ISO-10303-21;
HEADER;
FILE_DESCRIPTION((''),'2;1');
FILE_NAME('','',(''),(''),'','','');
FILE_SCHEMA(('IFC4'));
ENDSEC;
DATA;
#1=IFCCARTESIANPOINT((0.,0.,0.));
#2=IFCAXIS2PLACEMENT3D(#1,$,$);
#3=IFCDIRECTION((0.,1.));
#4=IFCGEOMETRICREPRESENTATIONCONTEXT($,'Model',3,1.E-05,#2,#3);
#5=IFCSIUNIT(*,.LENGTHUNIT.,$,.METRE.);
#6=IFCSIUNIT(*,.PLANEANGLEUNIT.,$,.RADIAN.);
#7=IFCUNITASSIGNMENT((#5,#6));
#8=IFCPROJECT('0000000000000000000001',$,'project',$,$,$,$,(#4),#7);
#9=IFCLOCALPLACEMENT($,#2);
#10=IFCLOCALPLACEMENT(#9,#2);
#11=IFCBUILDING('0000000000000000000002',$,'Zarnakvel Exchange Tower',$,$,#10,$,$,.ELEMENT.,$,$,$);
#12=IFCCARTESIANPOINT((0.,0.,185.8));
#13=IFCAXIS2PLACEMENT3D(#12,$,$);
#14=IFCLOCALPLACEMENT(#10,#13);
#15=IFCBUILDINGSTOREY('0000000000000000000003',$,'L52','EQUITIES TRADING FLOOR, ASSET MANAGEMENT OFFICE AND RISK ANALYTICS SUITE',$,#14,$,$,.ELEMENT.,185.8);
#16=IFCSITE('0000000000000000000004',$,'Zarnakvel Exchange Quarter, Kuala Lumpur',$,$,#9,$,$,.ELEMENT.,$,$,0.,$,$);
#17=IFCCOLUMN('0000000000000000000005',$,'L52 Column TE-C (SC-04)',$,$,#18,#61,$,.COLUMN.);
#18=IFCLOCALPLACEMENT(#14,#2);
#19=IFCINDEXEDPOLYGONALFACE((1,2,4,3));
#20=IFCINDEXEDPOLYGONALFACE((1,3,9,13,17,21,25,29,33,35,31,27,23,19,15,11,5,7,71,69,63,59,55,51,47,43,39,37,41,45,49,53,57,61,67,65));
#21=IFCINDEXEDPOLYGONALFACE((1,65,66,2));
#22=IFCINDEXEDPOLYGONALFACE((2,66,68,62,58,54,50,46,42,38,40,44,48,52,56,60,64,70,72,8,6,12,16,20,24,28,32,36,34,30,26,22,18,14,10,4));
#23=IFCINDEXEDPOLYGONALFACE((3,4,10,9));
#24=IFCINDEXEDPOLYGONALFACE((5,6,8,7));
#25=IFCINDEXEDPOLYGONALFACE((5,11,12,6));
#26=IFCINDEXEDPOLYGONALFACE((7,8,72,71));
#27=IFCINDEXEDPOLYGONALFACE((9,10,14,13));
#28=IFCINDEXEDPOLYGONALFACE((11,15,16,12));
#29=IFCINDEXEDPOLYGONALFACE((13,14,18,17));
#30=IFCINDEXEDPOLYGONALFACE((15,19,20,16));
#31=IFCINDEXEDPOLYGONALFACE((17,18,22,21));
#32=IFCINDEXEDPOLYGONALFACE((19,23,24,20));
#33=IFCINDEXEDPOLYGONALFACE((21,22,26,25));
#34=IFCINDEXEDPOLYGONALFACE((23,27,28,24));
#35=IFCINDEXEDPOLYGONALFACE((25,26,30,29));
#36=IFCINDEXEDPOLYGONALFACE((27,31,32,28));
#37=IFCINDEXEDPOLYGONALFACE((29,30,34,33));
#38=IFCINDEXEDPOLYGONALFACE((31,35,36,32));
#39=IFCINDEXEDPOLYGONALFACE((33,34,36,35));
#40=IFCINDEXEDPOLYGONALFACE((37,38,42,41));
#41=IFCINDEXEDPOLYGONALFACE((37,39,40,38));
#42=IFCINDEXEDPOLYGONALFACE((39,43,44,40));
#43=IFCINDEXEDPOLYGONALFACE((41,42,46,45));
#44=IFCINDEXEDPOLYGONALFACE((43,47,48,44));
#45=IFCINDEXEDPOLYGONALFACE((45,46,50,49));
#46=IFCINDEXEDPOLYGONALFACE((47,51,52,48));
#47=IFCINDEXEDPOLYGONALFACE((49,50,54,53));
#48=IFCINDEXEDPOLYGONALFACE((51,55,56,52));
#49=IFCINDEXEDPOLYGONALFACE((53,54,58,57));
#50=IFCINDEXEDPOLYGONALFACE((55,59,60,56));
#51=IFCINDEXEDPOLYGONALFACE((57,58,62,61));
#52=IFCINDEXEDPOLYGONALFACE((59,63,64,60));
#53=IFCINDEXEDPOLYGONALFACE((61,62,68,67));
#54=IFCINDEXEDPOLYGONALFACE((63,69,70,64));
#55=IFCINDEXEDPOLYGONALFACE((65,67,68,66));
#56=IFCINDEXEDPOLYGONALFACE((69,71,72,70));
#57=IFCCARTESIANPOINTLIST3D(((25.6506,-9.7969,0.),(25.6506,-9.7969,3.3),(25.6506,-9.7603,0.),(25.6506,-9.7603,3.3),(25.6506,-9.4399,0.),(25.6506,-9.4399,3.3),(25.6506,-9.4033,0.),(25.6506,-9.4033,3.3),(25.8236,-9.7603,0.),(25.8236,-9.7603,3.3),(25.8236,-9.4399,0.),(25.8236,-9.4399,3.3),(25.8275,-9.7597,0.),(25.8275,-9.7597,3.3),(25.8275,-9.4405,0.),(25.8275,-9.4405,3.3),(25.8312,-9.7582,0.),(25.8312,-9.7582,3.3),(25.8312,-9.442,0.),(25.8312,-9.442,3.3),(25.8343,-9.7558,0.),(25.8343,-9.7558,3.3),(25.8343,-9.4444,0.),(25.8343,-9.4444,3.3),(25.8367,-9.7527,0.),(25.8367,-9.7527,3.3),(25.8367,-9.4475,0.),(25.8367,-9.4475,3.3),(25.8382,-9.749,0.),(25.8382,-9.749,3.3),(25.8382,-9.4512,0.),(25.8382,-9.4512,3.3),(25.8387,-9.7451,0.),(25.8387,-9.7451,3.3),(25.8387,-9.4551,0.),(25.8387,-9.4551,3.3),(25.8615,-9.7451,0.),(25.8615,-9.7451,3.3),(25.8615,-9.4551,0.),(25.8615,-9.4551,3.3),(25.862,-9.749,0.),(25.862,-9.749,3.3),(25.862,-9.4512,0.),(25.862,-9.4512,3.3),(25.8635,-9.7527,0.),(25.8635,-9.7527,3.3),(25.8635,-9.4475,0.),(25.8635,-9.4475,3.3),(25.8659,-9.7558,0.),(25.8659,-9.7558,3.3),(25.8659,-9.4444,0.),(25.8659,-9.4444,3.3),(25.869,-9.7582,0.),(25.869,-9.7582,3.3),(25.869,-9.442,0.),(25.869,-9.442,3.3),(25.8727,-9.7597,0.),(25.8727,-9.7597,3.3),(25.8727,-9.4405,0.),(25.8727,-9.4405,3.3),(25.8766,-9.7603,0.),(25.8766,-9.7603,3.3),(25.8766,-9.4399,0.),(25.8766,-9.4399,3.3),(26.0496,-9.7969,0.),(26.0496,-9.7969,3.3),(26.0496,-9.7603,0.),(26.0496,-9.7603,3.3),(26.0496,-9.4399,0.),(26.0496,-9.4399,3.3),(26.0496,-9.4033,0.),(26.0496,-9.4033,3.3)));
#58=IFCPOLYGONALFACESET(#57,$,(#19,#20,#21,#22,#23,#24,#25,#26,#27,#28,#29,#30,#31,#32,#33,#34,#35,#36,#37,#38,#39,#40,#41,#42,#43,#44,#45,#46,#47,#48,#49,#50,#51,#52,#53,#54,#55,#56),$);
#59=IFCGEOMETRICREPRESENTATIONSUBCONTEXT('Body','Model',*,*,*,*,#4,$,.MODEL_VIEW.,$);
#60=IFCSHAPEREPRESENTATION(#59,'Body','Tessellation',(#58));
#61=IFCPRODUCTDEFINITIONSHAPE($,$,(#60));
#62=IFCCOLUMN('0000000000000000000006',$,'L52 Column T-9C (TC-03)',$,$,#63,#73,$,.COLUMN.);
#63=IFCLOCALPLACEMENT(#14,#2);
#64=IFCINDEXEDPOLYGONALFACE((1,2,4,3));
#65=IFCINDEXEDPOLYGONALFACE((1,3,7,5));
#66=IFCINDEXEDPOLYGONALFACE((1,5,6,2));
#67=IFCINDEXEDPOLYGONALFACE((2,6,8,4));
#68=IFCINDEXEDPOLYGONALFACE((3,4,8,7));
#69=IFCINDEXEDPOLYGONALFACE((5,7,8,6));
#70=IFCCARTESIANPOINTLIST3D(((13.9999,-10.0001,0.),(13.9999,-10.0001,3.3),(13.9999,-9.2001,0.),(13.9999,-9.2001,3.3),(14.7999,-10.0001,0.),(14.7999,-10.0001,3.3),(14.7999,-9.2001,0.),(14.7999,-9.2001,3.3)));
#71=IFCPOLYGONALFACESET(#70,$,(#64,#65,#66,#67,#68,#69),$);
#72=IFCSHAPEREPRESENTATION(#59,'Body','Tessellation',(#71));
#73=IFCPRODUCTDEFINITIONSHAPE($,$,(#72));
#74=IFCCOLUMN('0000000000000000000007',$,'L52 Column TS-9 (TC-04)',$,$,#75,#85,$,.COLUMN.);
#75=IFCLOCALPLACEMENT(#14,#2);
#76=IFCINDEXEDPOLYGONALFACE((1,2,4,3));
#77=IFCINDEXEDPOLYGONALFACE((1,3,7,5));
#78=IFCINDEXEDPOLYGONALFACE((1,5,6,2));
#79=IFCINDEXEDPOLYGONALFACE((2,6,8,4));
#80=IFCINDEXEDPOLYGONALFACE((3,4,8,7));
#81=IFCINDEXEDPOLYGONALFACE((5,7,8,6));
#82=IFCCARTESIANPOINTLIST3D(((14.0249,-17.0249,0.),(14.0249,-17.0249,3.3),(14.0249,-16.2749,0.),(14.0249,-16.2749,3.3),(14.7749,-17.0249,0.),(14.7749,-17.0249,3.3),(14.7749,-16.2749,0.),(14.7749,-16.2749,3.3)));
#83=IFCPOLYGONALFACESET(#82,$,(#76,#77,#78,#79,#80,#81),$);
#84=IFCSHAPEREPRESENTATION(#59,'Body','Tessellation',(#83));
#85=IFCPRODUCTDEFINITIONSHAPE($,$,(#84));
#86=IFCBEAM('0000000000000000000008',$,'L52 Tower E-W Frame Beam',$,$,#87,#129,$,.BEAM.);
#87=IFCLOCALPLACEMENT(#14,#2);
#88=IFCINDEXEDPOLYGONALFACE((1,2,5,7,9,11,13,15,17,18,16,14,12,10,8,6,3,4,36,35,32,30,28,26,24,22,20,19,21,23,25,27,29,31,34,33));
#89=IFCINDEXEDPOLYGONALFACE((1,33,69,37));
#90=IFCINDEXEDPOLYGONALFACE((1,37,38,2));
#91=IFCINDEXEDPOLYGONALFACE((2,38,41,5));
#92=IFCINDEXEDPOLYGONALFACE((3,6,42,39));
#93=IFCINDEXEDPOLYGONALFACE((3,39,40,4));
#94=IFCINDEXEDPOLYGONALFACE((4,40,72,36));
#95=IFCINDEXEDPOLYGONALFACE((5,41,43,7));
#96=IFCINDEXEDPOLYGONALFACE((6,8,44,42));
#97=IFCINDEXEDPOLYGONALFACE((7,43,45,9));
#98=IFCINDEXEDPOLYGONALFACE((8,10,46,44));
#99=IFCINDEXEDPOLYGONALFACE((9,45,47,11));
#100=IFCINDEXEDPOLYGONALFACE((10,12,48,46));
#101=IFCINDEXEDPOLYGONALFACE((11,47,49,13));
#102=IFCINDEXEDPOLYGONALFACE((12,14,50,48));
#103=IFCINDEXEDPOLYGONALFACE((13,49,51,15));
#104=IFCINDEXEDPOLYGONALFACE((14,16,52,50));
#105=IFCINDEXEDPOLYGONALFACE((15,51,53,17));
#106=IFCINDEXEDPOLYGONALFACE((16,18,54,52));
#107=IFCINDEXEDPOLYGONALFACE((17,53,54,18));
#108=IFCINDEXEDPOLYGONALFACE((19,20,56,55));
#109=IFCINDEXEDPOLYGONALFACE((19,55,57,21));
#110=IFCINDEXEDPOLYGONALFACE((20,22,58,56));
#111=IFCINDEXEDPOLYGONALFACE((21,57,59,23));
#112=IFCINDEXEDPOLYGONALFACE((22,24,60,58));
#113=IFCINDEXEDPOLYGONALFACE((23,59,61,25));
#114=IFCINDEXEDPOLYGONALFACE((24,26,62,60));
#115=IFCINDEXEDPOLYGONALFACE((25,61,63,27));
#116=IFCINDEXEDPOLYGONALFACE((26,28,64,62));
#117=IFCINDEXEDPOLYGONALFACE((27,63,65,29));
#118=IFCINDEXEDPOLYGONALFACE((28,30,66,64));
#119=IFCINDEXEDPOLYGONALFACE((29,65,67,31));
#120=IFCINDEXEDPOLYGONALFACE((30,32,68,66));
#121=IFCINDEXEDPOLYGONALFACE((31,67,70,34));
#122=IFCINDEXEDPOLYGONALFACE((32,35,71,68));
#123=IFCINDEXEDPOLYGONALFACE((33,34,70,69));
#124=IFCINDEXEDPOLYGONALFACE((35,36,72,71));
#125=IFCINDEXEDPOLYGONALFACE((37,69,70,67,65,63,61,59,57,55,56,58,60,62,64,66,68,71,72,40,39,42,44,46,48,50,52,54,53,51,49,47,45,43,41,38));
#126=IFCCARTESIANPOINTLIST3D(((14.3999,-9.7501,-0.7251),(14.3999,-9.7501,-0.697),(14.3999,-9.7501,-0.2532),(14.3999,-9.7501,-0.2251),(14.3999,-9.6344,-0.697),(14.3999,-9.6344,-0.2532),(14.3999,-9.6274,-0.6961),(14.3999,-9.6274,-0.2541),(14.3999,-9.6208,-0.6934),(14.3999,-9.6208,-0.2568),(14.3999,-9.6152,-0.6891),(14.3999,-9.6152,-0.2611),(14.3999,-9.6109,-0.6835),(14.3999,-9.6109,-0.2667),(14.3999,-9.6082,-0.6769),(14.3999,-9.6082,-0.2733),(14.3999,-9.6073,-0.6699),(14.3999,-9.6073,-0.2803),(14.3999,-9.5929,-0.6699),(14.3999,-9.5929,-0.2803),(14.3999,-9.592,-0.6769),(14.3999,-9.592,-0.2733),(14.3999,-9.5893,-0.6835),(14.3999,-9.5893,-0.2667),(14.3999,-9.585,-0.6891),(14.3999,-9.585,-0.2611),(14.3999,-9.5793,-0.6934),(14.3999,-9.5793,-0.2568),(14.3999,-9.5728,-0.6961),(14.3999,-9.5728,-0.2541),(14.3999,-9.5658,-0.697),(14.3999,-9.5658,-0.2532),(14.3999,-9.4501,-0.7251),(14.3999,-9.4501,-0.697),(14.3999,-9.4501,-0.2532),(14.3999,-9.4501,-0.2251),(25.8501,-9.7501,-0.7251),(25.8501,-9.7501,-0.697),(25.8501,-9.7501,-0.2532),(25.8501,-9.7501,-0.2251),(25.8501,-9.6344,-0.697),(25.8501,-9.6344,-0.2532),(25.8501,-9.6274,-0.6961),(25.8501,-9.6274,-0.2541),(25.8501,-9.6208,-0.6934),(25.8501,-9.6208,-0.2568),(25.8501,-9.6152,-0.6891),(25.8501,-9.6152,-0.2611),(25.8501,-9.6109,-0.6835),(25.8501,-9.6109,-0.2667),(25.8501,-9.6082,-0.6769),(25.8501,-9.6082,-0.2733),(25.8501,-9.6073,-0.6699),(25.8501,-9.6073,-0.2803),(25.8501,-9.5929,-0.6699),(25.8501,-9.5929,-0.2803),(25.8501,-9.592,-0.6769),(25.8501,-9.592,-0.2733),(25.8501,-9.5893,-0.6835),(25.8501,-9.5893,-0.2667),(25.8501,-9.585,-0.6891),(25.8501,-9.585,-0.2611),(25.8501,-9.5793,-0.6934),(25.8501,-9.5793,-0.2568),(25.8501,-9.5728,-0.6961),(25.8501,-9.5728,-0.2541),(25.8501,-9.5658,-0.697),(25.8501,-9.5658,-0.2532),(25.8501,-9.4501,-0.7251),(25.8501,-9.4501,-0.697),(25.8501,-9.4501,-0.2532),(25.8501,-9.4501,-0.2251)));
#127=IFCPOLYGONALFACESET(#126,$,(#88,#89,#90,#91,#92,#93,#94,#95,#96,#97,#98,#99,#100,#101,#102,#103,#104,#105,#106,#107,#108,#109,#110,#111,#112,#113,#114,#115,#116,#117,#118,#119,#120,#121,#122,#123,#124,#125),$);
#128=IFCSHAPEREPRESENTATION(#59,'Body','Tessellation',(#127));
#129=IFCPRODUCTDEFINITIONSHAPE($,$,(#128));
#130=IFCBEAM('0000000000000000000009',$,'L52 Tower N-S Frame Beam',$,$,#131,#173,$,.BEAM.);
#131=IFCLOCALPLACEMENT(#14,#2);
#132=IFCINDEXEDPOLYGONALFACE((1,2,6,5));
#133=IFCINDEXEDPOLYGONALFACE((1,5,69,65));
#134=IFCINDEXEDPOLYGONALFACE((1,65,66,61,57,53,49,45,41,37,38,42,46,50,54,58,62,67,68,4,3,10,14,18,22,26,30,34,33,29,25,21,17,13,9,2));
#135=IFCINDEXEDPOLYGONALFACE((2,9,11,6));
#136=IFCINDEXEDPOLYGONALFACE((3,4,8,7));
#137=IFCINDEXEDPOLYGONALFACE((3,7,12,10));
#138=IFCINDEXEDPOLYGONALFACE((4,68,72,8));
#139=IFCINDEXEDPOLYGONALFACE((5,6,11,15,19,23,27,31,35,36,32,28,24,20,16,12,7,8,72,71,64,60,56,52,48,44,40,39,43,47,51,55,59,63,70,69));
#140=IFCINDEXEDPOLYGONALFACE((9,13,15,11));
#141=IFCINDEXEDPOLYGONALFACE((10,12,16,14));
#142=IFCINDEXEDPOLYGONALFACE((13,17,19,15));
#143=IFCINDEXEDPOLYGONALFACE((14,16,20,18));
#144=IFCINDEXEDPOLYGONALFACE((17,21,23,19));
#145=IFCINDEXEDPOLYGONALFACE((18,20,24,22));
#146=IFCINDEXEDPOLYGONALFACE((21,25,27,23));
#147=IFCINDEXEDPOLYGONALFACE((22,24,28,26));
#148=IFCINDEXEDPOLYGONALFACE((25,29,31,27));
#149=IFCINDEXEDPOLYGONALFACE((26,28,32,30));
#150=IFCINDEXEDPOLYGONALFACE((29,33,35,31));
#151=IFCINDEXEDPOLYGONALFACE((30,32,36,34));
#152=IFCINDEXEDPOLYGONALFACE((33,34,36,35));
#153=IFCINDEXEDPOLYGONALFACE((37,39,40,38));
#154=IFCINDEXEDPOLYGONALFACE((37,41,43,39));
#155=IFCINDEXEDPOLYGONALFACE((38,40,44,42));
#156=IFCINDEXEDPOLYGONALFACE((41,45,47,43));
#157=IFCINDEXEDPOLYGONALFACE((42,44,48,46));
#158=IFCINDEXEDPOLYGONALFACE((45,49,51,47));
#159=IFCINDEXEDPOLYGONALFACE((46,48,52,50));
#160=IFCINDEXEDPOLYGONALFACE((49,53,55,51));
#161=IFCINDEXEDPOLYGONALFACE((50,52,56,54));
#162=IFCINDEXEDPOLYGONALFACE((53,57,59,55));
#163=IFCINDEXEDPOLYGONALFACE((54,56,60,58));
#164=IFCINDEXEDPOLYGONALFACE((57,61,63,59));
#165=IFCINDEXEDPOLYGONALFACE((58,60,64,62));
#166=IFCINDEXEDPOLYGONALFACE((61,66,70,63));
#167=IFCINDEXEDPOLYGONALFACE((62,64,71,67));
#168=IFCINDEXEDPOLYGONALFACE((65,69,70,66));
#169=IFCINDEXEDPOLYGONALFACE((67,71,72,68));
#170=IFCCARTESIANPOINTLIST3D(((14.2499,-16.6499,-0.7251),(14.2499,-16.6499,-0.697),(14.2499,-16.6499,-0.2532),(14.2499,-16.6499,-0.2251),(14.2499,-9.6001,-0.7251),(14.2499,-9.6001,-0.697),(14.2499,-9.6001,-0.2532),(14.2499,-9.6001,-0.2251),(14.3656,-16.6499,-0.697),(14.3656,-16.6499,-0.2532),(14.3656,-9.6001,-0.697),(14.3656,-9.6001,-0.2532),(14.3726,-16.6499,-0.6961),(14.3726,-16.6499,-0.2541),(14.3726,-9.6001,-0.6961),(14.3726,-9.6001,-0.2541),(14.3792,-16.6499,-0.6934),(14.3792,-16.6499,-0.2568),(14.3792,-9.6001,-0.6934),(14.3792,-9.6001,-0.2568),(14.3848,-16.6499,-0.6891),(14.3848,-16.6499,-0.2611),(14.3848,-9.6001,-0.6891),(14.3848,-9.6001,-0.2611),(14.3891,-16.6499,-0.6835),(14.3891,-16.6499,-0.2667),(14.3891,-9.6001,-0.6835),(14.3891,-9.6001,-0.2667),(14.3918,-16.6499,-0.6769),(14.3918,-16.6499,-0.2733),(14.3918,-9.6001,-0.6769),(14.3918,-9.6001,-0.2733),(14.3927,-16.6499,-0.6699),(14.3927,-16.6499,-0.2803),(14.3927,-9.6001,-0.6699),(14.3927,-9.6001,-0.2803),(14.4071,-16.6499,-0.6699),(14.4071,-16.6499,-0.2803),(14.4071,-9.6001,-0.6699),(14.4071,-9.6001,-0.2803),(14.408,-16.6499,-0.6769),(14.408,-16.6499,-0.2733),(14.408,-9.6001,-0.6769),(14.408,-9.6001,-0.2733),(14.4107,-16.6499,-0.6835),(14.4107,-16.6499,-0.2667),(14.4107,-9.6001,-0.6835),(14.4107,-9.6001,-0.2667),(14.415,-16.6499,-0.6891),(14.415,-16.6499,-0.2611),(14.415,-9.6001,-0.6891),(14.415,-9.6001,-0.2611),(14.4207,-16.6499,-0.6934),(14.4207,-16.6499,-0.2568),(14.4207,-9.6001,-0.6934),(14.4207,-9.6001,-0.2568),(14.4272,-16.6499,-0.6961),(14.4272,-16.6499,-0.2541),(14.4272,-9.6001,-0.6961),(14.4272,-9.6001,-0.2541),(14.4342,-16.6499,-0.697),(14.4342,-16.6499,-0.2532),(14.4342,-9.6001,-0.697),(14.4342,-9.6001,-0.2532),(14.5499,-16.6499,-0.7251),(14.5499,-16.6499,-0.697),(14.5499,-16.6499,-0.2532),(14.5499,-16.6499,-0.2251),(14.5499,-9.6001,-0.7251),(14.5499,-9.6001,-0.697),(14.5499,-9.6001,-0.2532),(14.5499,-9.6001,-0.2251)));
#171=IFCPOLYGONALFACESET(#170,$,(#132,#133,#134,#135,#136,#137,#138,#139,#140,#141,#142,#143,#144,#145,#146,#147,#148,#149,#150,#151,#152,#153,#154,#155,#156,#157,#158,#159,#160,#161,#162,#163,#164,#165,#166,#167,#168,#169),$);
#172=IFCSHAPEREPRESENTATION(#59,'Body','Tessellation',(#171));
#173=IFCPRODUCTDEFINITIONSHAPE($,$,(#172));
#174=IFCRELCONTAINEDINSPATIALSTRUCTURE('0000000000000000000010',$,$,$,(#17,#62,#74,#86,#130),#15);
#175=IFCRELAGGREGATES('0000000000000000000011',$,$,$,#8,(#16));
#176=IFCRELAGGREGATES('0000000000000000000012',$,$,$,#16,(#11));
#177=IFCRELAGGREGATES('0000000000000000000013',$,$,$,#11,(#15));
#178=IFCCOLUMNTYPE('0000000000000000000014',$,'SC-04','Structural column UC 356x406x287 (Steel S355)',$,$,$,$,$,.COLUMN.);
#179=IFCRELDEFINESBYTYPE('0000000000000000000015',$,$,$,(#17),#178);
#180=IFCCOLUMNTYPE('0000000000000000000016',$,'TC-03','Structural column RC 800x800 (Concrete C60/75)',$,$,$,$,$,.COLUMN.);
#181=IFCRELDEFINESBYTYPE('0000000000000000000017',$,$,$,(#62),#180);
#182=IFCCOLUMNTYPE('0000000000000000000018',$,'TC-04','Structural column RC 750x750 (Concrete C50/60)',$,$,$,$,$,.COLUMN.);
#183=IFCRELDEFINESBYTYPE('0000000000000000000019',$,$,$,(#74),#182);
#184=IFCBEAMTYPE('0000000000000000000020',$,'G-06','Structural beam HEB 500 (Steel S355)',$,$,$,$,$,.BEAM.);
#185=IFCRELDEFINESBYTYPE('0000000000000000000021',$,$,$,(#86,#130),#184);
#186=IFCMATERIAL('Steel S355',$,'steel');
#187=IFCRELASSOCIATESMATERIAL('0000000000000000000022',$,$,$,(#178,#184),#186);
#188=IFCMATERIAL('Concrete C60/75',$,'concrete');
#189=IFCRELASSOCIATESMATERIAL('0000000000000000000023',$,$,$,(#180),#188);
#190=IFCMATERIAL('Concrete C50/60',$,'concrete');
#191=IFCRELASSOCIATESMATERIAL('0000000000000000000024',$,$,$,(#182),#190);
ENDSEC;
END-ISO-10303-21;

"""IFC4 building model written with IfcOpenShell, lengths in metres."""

from ifc_helpers import new_model, si_unit, direction, frame, origin, origin_2d, place, context, subcontext, project, spatial, rectangle, i_section, extrude, material, material_profile, profile_set, type_object, element, save


model = new_model("IFC4")

# Units and contexts
model_context = context("Model", 3, precision=1e-05, world=origin(), true_north=direction((0.0, 1.0)))
body_context = subcontext(model_context, "Body", "Model", "MODEL_VIEW")
ifc_project = project(units=[si_unit("LENGTHUNIT", "METRE"), si_unit("PLANEANGLEUNIT", "RADIAN")], contexts=[model_context])

# Site, building, storey
site_placement = place(None, origin())
site = spatial("IfcSite", under=ifc_project, at=site_placement, Name="Zarnakvel Exchange Quarter, Kuala Lumpur", CompositionType="ELEMENT", RefElevation=0.0)
building_placement = place(site_placement, origin())
building = spatial("IfcBuilding", under=site, at=building_placement, Name="Zarnakvel Exchange Tower", CompositionType="ELEMENT")
storey_placement = place(building_placement, frame((0.0, 0.0, 185.8)))
storey = spatial("IfcBuildingStorey", under=building, at=storey_placement, Name="L52", Description="EQUITIES TRADING FLOOR, ASSET MANAGEMENT OFFICE AND RISK ANALYTICS SUITE", CompositionType="ELEMENT", Elevation=185.8)

# Columns
ifc_material_1 = material(Name="Steel S355", Category="steel")
ifc_material_profile_1 = material_profile(ifc_material_1, i_section(OverallWidth=0.3989, OverallDepth=0.3936, WebThickness=0.0227, FlangeThickness=0.0366, FilletRadius=0.0151, at=origin_2d()))
ifc_profile_set_1 = profile_set([ifc_material_profile_1], Name="Steel S355")
column_type_1 = type_object("IfcColumnType", Name="SC-04", Description="Structural column UC 356x406x287 (Steel S355)", PredefinedType="COLUMN", material=ifc_profile_set_1)
column_1_placement = place(storey_placement, frame((25.8501, -9.6001, 0.0), z_axis=(0.0, 0.0, 1.0), x_axis=(1.0, 0.0, 0.0)))
element("IfcColumn", 1, at=column_1_placement, inside=storey, type_object=column_type_1, Name="L52 Column TE-C (SC-04)", PredefinedType="COLUMN", context=body_context, shape_type="SweptSolid", body=[
    extrude(i_section(OverallWidth=0.3989, OverallDepth=0.3936, WebThickness=0.0227, FlangeThickness=0.0366, FilletRadius=0.0151, at=origin_2d()), origin(), (0.0, 0.0, 1.0), 3.3),
])
ifc_material_2 = material(Name="Concrete C60/75", Category="concrete")
ifc_material_profile_2 = material_profile(ifc_material_2, rectangle(XDim=0.8, YDim=0.8, at=origin_2d()))
ifc_profile_set_2 = profile_set([ifc_material_profile_2], Name="Concrete C60/75")
column_type_2 = type_object("IfcColumnType", Name="TC-03", Description="Structural column RC 800x800 (Concrete C60/75)", PredefinedType="COLUMN", material=ifc_profile_set_2)
column_2_placement = place(storey_placement, frame((14.3999, -9.6001, 0.0), z_axis=(0.0, 0.0, 1.0), x_axis=(1.0, 0.0, 0.0)))
element("IfcColumn", 2, at=column_2_placement, inside=storey, type_object=column_type_2, Name="L52 Column T-9C (TC-03)", PredefinedType="COLUMN", context=body_context, shape_type="SweptSolid", body=[
    extrude(rectangle(XDim=0.8, YDim=0.8, at=origin_2d()), origin(), (0.0, 0.0, 1.0), 3.3),
])
ifc_material_3 = material(Name="Concrete C50/60", Category="concrete")
ifc_material_profile_3 = material_profile(ifc_material_3, rectangle(XDim=0.75, YDim=0.75, at=origin_2d()))
ifc_profile_set_3 = profile_set([ifc_material_profile_3], Name="Concrete C50/60")
column_type_3 = type_object("IfcColumnType", Name="TC-04", Description="Structural column RC 750x750 (Concrete C50/60)", PredefinedType="COLUMN", material=ifc_profile_set_3)
column_3_placement = place(storey_placement, frame((14.3999, -16.6499, 0.0), z_axis=(0.0, 0.0, 1.0), x_axis=(1.0, 0.0, 0.0)))
element("IfcColumn", 3, at=column_3_placement, inside=storey, type_object=column_type_3, Name="L52 Column TS-9 (TC-04)", PredefinedType="COLUMN", context=body_context, shape_type="SweptSolid", body=[
    extrude(rectangle(XDim=0.75, YDim=0.75, at=origin_2d()), origin(), (0.0, 0.0, 1.0), 3.3),
])

# Beams
ifc_material_profile_4 = material_profile(ifc_material_1, i_section(OverallWidth=0.3, OverallDepth=0.5, WebThickness=0.0144, FlangeThickness=0.0281, FilletRadius=0.0271, at=origin_2d()))
ifc_profile_set_4 = profile_set([ifc_material_profile_4], Name="Steel S355")
beam_type_1 = type_object("IfcBeamType", Name="G-06", Description="Structural beam HEB 500 (Steel S355)", PredefinedType="BEAM", material=ifc_profile_set_4)
beam_1_placement = place(storey_placement, frame((14.3999, -9.6001, -0.4751), z_axis=(1.0, 0.0, 0.0), x_axis=(0.0, 1.0, 0.0)))
element("IfcBeam", 4, at=beam_1_placement, inside=storey, type_object=beam_type_1, Name="L52 Tower E-W Frame Beam", PredefinedType="BEAM", context=body_context, shape_type="SweptSolid", body=[
    extrude(i_section(OverallWidth=0.3, OverallDepth=0.5, WebThickness=0.0144, FlangeThickness=0.0281, FilletRadius=0.0271, at=origin_2d()), origin(), (0.0, 0.0, 1.0), 11.4502),
])
beam_2_placement = place(storey_placement, frame((14.3999, -16.6499, -0.4751), z_axis=(0.0, 1.0, 0.0), x_axis=(-1.0, 0.0, 0.0)))
element("IfcBeam", 5, at=beam_2_placement, inside=storey, type_object=beam_type_1, Name="L52 Tower N-S Frame Beam", PredefinedType="BEAM", context=body_context, shape_type="SweptSolid", body=[
    extrude(i_section(OverallWidth=0.3, OverallDepth=0.5, WebThickness=0.0144, FlangeThickness=0.0281, FilletRadius=0.0271, at=origin_2d()), origin(), (0.0, 0.0, 1.0), 7.0498),
])

save(model, "model.ifc")
